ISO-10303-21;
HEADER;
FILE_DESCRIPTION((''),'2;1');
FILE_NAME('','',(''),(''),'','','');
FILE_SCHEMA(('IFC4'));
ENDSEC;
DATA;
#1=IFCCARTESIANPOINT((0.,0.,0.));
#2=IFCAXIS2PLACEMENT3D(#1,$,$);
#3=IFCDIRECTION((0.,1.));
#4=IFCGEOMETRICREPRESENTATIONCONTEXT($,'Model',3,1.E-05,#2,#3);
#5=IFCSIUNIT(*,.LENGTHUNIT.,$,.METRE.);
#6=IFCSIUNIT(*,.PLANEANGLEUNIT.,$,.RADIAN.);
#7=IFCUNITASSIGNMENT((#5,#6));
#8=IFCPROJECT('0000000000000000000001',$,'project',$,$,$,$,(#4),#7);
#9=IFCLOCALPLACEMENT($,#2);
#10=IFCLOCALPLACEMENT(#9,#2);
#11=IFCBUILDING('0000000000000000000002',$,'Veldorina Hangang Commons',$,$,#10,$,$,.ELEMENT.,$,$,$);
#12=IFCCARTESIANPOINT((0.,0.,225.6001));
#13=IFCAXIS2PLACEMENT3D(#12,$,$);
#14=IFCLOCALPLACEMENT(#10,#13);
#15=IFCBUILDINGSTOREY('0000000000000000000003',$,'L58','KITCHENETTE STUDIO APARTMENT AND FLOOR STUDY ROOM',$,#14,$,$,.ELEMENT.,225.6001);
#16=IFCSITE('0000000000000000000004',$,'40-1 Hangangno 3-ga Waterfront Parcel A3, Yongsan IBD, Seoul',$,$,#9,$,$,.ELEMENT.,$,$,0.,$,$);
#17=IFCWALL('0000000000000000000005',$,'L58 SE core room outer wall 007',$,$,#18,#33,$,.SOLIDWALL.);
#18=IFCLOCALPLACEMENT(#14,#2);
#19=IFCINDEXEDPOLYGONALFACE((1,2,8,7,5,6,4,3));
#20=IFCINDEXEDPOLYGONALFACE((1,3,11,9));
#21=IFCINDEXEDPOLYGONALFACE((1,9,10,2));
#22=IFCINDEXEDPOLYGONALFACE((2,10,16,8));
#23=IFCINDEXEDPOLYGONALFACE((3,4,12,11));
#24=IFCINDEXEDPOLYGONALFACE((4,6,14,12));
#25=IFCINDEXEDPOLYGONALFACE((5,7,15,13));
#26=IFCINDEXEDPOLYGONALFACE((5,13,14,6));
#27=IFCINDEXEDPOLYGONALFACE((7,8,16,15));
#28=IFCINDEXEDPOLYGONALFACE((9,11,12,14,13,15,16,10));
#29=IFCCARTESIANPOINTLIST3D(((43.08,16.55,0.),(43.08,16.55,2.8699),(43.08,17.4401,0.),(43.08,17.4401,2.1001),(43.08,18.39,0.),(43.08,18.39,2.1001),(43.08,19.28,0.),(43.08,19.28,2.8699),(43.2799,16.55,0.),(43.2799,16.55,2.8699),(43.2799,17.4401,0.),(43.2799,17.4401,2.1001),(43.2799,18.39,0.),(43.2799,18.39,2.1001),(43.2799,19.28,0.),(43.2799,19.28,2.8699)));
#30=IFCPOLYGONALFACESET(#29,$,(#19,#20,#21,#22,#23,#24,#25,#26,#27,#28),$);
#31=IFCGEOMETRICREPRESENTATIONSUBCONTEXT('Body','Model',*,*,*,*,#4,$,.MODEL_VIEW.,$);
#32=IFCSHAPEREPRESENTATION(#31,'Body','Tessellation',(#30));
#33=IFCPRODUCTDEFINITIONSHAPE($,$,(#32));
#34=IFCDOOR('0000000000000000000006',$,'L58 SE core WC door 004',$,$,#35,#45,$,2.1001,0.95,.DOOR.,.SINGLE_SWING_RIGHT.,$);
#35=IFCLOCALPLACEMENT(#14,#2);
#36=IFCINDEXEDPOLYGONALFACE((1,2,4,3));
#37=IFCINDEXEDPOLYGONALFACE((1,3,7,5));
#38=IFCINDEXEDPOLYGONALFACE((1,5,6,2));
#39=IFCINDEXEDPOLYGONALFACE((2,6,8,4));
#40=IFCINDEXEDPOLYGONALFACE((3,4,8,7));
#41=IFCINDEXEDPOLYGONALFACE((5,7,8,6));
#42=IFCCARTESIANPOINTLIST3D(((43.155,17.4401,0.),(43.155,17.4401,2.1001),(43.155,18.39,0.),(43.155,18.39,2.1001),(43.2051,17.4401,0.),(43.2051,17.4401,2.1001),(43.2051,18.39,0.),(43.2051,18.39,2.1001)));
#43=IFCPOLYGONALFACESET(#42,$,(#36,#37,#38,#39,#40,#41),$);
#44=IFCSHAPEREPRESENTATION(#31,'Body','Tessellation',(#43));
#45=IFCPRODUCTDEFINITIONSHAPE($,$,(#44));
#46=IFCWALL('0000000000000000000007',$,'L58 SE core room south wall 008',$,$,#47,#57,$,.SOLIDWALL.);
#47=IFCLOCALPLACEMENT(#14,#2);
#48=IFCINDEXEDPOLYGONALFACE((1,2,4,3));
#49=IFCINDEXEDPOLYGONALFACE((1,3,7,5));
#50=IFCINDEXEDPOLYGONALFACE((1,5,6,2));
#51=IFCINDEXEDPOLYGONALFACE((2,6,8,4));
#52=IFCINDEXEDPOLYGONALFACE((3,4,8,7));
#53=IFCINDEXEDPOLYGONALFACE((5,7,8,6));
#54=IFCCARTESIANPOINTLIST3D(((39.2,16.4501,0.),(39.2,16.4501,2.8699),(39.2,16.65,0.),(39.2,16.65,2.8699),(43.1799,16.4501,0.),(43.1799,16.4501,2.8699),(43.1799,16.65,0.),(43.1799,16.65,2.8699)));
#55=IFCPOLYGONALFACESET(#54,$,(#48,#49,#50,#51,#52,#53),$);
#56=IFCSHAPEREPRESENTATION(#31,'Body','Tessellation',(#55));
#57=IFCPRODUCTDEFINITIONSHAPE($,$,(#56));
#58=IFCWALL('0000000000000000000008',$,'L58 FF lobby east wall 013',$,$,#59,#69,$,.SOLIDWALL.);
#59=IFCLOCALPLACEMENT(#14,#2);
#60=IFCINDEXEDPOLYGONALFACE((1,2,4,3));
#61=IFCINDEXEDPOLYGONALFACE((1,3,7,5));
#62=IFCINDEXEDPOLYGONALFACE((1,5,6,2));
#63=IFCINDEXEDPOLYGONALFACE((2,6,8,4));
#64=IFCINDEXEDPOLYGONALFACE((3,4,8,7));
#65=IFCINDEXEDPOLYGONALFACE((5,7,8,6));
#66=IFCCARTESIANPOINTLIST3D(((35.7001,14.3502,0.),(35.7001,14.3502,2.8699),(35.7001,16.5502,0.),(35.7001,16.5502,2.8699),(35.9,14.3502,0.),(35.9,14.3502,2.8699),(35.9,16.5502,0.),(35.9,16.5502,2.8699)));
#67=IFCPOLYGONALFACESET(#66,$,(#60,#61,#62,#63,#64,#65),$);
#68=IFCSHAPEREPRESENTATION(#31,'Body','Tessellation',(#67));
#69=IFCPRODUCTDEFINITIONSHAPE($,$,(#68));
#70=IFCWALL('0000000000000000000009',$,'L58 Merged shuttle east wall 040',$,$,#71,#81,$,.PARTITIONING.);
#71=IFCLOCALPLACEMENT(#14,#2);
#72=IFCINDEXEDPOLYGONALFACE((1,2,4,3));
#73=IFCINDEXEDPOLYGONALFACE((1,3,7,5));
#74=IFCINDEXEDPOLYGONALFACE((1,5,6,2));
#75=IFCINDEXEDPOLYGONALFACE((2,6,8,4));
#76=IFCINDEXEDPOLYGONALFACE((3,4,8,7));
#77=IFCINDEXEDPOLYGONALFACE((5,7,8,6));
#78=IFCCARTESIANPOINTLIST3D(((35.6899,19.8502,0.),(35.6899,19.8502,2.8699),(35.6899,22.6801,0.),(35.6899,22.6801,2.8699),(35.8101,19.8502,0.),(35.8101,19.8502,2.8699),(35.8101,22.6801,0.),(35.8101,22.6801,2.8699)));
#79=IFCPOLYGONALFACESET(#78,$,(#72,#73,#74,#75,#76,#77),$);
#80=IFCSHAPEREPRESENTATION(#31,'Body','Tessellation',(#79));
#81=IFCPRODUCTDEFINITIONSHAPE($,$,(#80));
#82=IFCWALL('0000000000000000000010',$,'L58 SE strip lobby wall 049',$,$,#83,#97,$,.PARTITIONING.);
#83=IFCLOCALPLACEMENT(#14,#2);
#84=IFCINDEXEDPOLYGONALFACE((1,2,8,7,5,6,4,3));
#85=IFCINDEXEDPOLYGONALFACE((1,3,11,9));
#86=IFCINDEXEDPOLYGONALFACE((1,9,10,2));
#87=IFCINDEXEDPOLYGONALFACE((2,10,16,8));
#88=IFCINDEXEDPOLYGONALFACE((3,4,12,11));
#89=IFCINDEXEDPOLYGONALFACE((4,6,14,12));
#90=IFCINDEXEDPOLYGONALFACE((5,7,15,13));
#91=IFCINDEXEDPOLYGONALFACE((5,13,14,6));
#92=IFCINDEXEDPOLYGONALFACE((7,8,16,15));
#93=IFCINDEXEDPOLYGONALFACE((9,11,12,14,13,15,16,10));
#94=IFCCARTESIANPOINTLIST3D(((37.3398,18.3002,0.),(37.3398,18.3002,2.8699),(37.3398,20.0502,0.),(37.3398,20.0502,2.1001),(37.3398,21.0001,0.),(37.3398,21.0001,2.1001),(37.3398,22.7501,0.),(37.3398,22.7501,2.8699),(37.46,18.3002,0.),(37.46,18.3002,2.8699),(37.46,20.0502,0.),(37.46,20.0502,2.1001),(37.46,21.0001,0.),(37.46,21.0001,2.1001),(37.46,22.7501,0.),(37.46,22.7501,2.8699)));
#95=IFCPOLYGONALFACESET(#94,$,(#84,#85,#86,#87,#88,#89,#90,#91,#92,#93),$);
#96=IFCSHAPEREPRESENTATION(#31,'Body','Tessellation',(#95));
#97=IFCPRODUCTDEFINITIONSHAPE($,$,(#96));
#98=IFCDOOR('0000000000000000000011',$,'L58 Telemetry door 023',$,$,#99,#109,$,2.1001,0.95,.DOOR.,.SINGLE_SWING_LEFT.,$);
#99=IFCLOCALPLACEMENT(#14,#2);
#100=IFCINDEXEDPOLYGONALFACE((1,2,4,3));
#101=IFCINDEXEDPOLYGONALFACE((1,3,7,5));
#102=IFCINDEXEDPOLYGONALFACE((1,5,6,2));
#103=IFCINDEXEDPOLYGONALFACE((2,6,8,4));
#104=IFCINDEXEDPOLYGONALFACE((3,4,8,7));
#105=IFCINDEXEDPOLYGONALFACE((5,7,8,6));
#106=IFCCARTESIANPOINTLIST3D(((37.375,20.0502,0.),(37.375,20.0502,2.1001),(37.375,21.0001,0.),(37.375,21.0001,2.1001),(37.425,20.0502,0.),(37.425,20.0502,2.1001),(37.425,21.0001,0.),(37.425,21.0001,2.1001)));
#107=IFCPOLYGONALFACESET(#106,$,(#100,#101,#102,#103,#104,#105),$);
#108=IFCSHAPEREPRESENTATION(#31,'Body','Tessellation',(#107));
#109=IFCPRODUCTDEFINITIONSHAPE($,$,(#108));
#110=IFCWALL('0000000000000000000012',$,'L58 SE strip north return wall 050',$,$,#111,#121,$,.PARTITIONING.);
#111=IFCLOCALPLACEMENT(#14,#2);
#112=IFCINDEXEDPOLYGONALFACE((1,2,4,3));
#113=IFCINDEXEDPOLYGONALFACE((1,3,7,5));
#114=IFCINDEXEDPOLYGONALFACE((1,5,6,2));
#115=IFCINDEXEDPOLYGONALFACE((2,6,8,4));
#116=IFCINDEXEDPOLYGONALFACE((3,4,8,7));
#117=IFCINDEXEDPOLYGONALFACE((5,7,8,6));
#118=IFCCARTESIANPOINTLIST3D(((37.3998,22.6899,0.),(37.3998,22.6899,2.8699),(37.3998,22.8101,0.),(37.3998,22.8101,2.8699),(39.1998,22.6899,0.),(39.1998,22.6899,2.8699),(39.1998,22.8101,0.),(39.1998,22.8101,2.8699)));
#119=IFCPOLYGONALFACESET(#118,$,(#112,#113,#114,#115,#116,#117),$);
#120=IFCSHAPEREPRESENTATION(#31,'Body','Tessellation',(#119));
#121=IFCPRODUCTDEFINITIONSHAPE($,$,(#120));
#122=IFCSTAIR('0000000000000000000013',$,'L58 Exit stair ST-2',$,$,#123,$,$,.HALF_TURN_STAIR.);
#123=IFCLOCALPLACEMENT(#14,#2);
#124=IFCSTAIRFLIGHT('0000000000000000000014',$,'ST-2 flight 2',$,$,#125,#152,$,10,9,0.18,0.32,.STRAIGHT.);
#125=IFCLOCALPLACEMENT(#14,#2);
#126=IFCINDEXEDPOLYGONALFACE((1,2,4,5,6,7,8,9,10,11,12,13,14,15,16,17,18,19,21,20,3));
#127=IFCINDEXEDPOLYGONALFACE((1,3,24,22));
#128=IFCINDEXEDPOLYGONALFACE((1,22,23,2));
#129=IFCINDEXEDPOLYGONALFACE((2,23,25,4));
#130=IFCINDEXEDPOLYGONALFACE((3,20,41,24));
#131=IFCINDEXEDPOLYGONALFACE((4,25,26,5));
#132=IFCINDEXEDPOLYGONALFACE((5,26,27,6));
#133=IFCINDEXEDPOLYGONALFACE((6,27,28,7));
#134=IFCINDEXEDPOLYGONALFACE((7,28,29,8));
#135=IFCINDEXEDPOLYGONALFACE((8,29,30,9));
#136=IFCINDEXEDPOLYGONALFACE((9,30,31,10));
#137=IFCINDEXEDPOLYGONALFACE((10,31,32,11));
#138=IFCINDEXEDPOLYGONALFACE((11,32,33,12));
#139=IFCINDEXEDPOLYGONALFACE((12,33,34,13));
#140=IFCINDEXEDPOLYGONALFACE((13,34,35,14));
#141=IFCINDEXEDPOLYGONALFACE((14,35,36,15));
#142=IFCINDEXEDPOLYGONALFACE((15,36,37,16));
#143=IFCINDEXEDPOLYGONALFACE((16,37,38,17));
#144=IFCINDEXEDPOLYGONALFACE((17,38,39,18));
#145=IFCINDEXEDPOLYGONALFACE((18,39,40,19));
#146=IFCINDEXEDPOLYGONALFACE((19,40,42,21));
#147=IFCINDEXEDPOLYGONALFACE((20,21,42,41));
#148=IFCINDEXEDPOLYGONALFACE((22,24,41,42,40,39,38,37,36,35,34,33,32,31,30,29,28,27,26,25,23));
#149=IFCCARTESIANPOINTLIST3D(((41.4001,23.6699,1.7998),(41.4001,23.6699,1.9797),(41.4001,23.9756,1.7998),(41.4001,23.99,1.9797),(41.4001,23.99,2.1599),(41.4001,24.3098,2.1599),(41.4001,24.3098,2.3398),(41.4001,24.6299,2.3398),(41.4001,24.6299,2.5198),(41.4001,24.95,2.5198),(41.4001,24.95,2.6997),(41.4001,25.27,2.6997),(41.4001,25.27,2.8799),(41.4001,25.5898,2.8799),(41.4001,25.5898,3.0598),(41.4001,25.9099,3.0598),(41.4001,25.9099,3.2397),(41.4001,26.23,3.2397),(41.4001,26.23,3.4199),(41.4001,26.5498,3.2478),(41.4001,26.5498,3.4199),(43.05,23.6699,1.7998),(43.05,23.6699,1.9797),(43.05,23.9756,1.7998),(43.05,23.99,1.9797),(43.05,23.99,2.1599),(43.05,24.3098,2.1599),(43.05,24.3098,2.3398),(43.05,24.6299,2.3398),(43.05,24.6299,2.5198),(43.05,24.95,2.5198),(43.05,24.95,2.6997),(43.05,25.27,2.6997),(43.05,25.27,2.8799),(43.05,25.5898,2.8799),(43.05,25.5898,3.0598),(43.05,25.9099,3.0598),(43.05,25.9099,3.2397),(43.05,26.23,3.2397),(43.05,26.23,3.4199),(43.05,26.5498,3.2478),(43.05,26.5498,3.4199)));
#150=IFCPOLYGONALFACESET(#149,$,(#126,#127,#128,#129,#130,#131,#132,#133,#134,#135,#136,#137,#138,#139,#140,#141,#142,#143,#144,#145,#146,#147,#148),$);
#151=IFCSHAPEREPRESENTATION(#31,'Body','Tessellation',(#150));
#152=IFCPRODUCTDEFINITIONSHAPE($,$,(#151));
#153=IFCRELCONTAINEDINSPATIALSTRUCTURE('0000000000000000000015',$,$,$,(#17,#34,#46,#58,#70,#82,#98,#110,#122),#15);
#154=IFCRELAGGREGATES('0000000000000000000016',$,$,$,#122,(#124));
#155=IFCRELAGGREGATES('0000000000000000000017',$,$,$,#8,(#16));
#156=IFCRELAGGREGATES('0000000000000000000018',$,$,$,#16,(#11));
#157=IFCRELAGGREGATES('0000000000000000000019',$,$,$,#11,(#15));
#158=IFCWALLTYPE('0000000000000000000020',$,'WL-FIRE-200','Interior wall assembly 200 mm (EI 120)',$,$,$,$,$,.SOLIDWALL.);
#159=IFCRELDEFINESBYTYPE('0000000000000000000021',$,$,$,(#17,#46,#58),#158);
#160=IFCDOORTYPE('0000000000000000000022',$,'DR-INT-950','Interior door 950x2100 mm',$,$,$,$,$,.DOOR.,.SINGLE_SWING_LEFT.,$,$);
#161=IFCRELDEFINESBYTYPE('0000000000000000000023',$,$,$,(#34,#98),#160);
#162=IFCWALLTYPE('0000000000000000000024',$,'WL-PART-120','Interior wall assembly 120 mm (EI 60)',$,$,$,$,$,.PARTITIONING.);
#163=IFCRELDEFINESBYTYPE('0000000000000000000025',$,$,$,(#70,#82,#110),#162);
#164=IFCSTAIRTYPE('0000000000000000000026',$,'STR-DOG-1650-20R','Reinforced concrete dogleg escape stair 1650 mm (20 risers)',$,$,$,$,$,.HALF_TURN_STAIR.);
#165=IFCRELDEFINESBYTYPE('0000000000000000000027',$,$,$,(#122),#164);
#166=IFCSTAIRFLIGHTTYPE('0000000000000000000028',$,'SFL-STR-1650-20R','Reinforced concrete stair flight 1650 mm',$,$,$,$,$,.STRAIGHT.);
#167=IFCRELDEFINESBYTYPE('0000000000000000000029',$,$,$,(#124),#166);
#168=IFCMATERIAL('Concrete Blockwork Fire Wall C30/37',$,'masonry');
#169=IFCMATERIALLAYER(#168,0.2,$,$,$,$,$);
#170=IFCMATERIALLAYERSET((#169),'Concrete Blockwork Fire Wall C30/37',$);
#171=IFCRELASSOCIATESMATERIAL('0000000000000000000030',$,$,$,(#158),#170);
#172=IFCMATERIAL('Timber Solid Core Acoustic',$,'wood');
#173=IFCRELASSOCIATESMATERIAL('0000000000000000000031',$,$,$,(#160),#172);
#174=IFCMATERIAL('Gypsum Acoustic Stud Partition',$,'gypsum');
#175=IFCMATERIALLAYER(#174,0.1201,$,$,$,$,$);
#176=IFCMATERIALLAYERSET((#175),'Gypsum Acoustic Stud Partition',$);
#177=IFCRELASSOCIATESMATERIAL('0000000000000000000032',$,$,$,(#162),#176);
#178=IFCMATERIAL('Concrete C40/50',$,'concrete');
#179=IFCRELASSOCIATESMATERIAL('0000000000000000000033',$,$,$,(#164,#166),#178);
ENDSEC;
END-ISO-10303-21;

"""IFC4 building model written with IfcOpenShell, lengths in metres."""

from ifc_helpers import new_model, si_unit, direction, frame, frame_2d, origin, place, context, subcontext, project, spatial, polyline, rectangle, outline, extrude, material, layer, layer_set, type_object, element, fill, aggregate, save


model = new_model("IFC4")

# Units and contexts
model_context = context("Model", 3, precision=1e-05, world=origin(), true_north=direction((0.0, 1.0)))
body_context = subcontext(model_context, "Body", "Model", "MODEL_VIEW")
ifc_project = project(units=[si_unit("LENGTHUNIT", "METRE"), si_unit("PLANEANGLEUNIT", "RADIAN")], contexts=[model_context])

# Site, building, storey
site_placement = place(None, origin())
site = spatial("IfcSite", under=ifc_project, at=site_placement, Name="40-1 Hangangno 3-ga Waterfront Parcel A3, Yongsan IBD, Seoul", CompositionType="ELEMENT", RefElevation=0.0)
building_placement = place(site_placement, origin())
building = spatial("IfcBuilding", under=site, at=building_placement, Name="Veldorina Hangang Commons", CompositionType="ELEMENT")
storey_placement = place(building_placement, frame((0.0, 0.0, 225.6001)))
storey = spatial("IfcBuildingStorey", under=building, at=storey_placement, Name="L58", Description="KITCHENETTE STUDIO APARTMENT AND FLOOR STUDY ROOM", CompositionType="ELEMENT", Elevation=225.6001)

# Wall, opening, door
ifc_material_1 = material(Name="Concrete Blockwork Fire Wall C30/37", Category="masonry")
ifc_layer_1 = layer(ifc_material_1, 0.2)
ifc_layer_set_1 = layer_set([ifc_layer_1], Name="Concrete Blockwork Fire Wall C30/37")
wall_type_1 = type_object("IfcWallType", Name="WL-FIRE-200", Description="Interior wall assembly 200 mm (EI 120)", PredefinedType="SOLIDWALL", material=ifc_layer_set_1)
wall_1_placement = place(storey_placement, frame((43.1799, 16.55, 0.0), z_axis=(0.0, 0.0, 1.0), x_axis=(0.0, 1.0, 0.0)))
wall_1 = element("IfcWall", 1, at=wall_1_placement, inside=storey, type_object=wall_type_1, Name="L58 SE core room outer wall 007", PredefinedType="SOLIDWALL", context=body_context, shape_type="SweptSolid", body=[
    extrude(rectangle(XDim=2.73, YDim=0.2, at=frame_2d((1.365, 0.0))), origin(), (0.0, 0.0, 1.0), 2.8699),
])
opening_1_placement = place(wall_1_placement, frame((0.8899, 0.0, 0.0)))
opening_1 = element("IfcOpeningElement", 2, at=opening_1_placement, cuts=wall_1, PredefinedType="OPENING", context=body_context, shape_type="SweptSolid", body=[
    extrude(rectangle(XDim=0.95, YDim=2.1001, at=frame_2d((0.4751, 1.05))), frame((0.0, 0.1099, 0.0), z_axis=(0.0, -1.0, 0.0), x_axis=(1.0, 0.0, 0.0)), (0.0, 0.0, 1.0), 0.22),
])
ifc_material_2 = material(Name="Timber Solid Core Acoustic", Category="wood")
door_type_1 = type_object("IfcDoorType", Name="DR-INT-950", Description="Interior door 950x2100 mm", OperationType="SINGLE_SWING_LEFT", PredefinedType="DOOR", material=ifc_material_2)
door_1_placement = place(opening_1_placement, origin())
door_1 = element("IfcDoor", 3, at=door_1_placement, inside=storey, type_object=door_type_1, Name="L58 SE core WC door 004", OperationType="SINGLE_SWING_RIGHT", OverallHeight=2.1001, OverallWidth=0.95, PredefinedType="DOOR", context=body_context, shape_type="SweptSolid", body=[
    extrude(rectangle(XDim=0.95, YDim=2.1001, at=frame_2d((0.4751, 1.05))), frame((0.0, 0.0249, 0.0), z_axis=(0.0, -1.0, 0.0), x_axis=(1.0, 0.0, 0.0)), (0.0, 0.0, 1.0), 0.05),
])
fill(opening_1, door_1)

# Walls
wall_2_placement = place(storey_placement, frame((39.2, 16.55, 0.0), z_axis=(0.0, 0.0, 1.0), x_axis=(1.0, 0.0, 0.0)))
element("IfcWall", 4, at=wall_2_placement, inside=storey, type_object=wall_type_1, Name="L58 SE core room south wall 008", PredefinedType="SOLIDWALL", context=body_context, shape_type="SweptSolid", body=[
    extrude(rectangle(XDim=3.98, YDim=0.2, at=frame_2d((1.99, 0.0))), origin(), (0.0, 0.0, 1.0), 2.8699),
])
wall_3_placement = place(storey_placement, frame((35.8, 14.3501, 0.0), z_axis=(0.0, 0.0, 1.0), x_axis=(0.0, 1.0, 0.0)))
element("IfcWall", 5, at=wall_3_placement, inside=storey, type_object=wall_type_1, Name="L58 FF lobby east wall 013", PredefinedType="SOLIDWALL", context=body_context, shape_type="SweptSolid", body=[
    extrude(rectangle(XDim=2.2, YDim=0.2, at=frame_2d((1.1001, 0.0))), origin(), (0.0, 0.0, 1.0), 2.8699),
])
ifc_material_3 = material(Name="Gypsum Acoustic Stud Partition", Category="gypsum")
ifc_layer_2 = layer(ifc_material_3, 0.1201)
ifc_layer_set_2 = layer_set([ifc_layer_2], Name="Gypsum Acoustic Stud Partition")
wall_type_2 = type_object("IfcWallType", Name="WL-PART-120", Description="Interior wall assembly 120 mm (EI 60)", PredefinedType="PARTITIONING", material=ifc_layer_set_2)
wall_4_placement = place(storey_placement, frame((35.75, 19.8501, 0.0), z_axis=(0.0, 0.0, 1.0), x_axis=(0.0, 1.0, 0.0)))
element("IfcWall", 6, at=wall_4_placement, inside=storey, type_object=wall_type_2, Name="L58 Merged shuttle east wall 040", PredefinedType="PARTITIONING", context=body_context, shape_type="SweptSolid", body=[
    extrude(rectangle(XDim=2.8298, YDim=0.1201, at=frame_2d((1.415, 0.0))), origin(), (0.0, 0.0, 1.0), 2.8699),
])

# Wall, opening, door
wall_5_placement = place(storey_placement, frame((37.3999, 18.3, 0.0), z_axis=(0.0, 0.0, 1.0), x_axis=(0.0, 1.0, 0.0)))
wall_5 = element("IfcWall", 7, at=wall_5_placement, inside=storey, type_object=wall_type_2, Name="L58 SE strip lobby wall 049", PredefinedType="PARTITIONING", context=body_context, shape_type="SweptSolid", body=[
    extrude(rectangle(XDim=4.45, YDim=0.1201, at=frame_2d((2.2251, 0.0))), origin(), (0.0, 0.0, 1.0), 2.8699),
])
opening_2_placement = place(wall_5_placement, frame((1.75, 0.0, 0.0)))
opening_2 = element("IfcOpeningElement", 8, at=opening_2_placement, cuts=wall_5, PredefinedType="OPENING", context=body_context, shape_type="SweptSolid", body=[
    extrude(rectangle(XDim=0.95, YDim=2.1001, at=frame_2d((0.4751, 1.05))), frame((0.0, 0.0701, 0.0), z_axis=(0.0, -1.0, 0.0), x_axis=(1.0, 0.0, 0.0)), (0.0, 0.0, 1.0), 0.1401),
])
door_2_placement = place(opening_2_placement, origin())
door_2 = element("IfcDoor", 9, at=door_2_placement, inside=storey, type_object=door_type_1, Name="L58 Telemetry door 023", OperationType="SINGLE_SWING_LEFT", OverallHeight=2.1001, OverallWidth=0.95, PredefinedType="DOOR", context=body_context, shape_type="SweptSolid", body=[
    extrude(rectangle(XDim=0.95, YDim=2.1001, at=frame_2d((0.4751, 1.05))), frame((0.0, 0.0249, 0.0), z_axis=(0.0, -1.0, 0.0), x_axis=(1.0, 0.0, 0.0)), (0.0, 0.0, 1.0), 0.05),
])
fill(opening_2, door_2)

# Wall
wall_6_placement = place(storey_placement, frame((37.3999, 22.75, 0.0), z_axis=(0.0, 0.0, 1.0), x_axis=(1.0, 0.0, 0.0)))
element("IfcWall", 10, at=wall_6_placement, inside=storey, type_object=wall_type_2, Name="L58 SE strip north return wall 050", PredefinedType="PARTITIONING", context=body_context, shape_type="SweptSolid", body=[
    extrude(rectangle(XDim=1.8, YDim=0.1201, at=frame_2d((0.8999, 0.0))), origin(), (0.0, 0.0, 1.0), 2.8699),
])

# Stair, stair flight
ifc_material_4 = material(Name="Concrete C40/50", Category="concrete")
stair_type = type_object("IfcStairType", Name="STR-DOG-1650-20R", Description="Reinforced concrete dogleg escape stair 1650 mm (20 risers)", PredefinedType="HALF_TURN_STAIR", material=ifc_material_4)
stair_placement = place(storey_placement, origin())
stair = element("IfcStair", 11, at=stair_placement, inside=storey, type_object=stair_type, Name="L58 Exit stair ST-2", PredefinedType="HALF_TURN_STAIR")
stair_flight_type = type_object("IfcStairFlightType", Name="SFL-STR-1650-20R", Description="Reinforced concrete stair flight 1650 mm", PredefinedType="STRAIGHT", material=ifc_material_4)
stair_flight_placement = place(storey_placement, frame((42.2251, 23.6699, 1.7998), z_axis=(0.0, 0.0, 1.0), x_axis=(0.0, 1.0, 0.0)))
stair_flight = element("IfcStairFlight", 12, at=stair_flight_placement, type_object=stair_flight_type, Name="ST-2 flight 2", NumberOfRisers=10, NumberOfTreads=9, PredefinedType="STRAIGHT", RiserHeight=0.18, TreadLength=0.32, context=body_context, shape_type="SweptSolid", body=[
    extrude(outline(polyline([(0.0, 0.0), (0.0, 0.1799), (0.3201, 0.1799), (0.3201, 0.3601), (0.6399, 0.3601), (0.6399, 0.54), (0.96, 0.54), (0.96, 0.72), (1.28, 0.72), (1.28, 0.8999), (1.6001, 0.8999), (1.6001, 1.0801), (1.9199, 1.0801), (1.9199, 1.26), (2.24, 1.26), (2.24, 1.4399), (2.5601, 1.4399), (2.5601, 1.6201), (2.8799, 1.6201), (2.8799, 1.8), (2.8799, 1.448), (0.3057, 0.0), (0.0, 0.0)])), frame((0.0, 0.825, 0.0), z_axis=(0.0, -1.0, 0.0), x_axis=(1.0, 0.0, 0.0)), (0.0, 0.0, 1.0), 1.6499),
])
aggregate(stair, [stair_flight])

save(model, "model.ifc")
